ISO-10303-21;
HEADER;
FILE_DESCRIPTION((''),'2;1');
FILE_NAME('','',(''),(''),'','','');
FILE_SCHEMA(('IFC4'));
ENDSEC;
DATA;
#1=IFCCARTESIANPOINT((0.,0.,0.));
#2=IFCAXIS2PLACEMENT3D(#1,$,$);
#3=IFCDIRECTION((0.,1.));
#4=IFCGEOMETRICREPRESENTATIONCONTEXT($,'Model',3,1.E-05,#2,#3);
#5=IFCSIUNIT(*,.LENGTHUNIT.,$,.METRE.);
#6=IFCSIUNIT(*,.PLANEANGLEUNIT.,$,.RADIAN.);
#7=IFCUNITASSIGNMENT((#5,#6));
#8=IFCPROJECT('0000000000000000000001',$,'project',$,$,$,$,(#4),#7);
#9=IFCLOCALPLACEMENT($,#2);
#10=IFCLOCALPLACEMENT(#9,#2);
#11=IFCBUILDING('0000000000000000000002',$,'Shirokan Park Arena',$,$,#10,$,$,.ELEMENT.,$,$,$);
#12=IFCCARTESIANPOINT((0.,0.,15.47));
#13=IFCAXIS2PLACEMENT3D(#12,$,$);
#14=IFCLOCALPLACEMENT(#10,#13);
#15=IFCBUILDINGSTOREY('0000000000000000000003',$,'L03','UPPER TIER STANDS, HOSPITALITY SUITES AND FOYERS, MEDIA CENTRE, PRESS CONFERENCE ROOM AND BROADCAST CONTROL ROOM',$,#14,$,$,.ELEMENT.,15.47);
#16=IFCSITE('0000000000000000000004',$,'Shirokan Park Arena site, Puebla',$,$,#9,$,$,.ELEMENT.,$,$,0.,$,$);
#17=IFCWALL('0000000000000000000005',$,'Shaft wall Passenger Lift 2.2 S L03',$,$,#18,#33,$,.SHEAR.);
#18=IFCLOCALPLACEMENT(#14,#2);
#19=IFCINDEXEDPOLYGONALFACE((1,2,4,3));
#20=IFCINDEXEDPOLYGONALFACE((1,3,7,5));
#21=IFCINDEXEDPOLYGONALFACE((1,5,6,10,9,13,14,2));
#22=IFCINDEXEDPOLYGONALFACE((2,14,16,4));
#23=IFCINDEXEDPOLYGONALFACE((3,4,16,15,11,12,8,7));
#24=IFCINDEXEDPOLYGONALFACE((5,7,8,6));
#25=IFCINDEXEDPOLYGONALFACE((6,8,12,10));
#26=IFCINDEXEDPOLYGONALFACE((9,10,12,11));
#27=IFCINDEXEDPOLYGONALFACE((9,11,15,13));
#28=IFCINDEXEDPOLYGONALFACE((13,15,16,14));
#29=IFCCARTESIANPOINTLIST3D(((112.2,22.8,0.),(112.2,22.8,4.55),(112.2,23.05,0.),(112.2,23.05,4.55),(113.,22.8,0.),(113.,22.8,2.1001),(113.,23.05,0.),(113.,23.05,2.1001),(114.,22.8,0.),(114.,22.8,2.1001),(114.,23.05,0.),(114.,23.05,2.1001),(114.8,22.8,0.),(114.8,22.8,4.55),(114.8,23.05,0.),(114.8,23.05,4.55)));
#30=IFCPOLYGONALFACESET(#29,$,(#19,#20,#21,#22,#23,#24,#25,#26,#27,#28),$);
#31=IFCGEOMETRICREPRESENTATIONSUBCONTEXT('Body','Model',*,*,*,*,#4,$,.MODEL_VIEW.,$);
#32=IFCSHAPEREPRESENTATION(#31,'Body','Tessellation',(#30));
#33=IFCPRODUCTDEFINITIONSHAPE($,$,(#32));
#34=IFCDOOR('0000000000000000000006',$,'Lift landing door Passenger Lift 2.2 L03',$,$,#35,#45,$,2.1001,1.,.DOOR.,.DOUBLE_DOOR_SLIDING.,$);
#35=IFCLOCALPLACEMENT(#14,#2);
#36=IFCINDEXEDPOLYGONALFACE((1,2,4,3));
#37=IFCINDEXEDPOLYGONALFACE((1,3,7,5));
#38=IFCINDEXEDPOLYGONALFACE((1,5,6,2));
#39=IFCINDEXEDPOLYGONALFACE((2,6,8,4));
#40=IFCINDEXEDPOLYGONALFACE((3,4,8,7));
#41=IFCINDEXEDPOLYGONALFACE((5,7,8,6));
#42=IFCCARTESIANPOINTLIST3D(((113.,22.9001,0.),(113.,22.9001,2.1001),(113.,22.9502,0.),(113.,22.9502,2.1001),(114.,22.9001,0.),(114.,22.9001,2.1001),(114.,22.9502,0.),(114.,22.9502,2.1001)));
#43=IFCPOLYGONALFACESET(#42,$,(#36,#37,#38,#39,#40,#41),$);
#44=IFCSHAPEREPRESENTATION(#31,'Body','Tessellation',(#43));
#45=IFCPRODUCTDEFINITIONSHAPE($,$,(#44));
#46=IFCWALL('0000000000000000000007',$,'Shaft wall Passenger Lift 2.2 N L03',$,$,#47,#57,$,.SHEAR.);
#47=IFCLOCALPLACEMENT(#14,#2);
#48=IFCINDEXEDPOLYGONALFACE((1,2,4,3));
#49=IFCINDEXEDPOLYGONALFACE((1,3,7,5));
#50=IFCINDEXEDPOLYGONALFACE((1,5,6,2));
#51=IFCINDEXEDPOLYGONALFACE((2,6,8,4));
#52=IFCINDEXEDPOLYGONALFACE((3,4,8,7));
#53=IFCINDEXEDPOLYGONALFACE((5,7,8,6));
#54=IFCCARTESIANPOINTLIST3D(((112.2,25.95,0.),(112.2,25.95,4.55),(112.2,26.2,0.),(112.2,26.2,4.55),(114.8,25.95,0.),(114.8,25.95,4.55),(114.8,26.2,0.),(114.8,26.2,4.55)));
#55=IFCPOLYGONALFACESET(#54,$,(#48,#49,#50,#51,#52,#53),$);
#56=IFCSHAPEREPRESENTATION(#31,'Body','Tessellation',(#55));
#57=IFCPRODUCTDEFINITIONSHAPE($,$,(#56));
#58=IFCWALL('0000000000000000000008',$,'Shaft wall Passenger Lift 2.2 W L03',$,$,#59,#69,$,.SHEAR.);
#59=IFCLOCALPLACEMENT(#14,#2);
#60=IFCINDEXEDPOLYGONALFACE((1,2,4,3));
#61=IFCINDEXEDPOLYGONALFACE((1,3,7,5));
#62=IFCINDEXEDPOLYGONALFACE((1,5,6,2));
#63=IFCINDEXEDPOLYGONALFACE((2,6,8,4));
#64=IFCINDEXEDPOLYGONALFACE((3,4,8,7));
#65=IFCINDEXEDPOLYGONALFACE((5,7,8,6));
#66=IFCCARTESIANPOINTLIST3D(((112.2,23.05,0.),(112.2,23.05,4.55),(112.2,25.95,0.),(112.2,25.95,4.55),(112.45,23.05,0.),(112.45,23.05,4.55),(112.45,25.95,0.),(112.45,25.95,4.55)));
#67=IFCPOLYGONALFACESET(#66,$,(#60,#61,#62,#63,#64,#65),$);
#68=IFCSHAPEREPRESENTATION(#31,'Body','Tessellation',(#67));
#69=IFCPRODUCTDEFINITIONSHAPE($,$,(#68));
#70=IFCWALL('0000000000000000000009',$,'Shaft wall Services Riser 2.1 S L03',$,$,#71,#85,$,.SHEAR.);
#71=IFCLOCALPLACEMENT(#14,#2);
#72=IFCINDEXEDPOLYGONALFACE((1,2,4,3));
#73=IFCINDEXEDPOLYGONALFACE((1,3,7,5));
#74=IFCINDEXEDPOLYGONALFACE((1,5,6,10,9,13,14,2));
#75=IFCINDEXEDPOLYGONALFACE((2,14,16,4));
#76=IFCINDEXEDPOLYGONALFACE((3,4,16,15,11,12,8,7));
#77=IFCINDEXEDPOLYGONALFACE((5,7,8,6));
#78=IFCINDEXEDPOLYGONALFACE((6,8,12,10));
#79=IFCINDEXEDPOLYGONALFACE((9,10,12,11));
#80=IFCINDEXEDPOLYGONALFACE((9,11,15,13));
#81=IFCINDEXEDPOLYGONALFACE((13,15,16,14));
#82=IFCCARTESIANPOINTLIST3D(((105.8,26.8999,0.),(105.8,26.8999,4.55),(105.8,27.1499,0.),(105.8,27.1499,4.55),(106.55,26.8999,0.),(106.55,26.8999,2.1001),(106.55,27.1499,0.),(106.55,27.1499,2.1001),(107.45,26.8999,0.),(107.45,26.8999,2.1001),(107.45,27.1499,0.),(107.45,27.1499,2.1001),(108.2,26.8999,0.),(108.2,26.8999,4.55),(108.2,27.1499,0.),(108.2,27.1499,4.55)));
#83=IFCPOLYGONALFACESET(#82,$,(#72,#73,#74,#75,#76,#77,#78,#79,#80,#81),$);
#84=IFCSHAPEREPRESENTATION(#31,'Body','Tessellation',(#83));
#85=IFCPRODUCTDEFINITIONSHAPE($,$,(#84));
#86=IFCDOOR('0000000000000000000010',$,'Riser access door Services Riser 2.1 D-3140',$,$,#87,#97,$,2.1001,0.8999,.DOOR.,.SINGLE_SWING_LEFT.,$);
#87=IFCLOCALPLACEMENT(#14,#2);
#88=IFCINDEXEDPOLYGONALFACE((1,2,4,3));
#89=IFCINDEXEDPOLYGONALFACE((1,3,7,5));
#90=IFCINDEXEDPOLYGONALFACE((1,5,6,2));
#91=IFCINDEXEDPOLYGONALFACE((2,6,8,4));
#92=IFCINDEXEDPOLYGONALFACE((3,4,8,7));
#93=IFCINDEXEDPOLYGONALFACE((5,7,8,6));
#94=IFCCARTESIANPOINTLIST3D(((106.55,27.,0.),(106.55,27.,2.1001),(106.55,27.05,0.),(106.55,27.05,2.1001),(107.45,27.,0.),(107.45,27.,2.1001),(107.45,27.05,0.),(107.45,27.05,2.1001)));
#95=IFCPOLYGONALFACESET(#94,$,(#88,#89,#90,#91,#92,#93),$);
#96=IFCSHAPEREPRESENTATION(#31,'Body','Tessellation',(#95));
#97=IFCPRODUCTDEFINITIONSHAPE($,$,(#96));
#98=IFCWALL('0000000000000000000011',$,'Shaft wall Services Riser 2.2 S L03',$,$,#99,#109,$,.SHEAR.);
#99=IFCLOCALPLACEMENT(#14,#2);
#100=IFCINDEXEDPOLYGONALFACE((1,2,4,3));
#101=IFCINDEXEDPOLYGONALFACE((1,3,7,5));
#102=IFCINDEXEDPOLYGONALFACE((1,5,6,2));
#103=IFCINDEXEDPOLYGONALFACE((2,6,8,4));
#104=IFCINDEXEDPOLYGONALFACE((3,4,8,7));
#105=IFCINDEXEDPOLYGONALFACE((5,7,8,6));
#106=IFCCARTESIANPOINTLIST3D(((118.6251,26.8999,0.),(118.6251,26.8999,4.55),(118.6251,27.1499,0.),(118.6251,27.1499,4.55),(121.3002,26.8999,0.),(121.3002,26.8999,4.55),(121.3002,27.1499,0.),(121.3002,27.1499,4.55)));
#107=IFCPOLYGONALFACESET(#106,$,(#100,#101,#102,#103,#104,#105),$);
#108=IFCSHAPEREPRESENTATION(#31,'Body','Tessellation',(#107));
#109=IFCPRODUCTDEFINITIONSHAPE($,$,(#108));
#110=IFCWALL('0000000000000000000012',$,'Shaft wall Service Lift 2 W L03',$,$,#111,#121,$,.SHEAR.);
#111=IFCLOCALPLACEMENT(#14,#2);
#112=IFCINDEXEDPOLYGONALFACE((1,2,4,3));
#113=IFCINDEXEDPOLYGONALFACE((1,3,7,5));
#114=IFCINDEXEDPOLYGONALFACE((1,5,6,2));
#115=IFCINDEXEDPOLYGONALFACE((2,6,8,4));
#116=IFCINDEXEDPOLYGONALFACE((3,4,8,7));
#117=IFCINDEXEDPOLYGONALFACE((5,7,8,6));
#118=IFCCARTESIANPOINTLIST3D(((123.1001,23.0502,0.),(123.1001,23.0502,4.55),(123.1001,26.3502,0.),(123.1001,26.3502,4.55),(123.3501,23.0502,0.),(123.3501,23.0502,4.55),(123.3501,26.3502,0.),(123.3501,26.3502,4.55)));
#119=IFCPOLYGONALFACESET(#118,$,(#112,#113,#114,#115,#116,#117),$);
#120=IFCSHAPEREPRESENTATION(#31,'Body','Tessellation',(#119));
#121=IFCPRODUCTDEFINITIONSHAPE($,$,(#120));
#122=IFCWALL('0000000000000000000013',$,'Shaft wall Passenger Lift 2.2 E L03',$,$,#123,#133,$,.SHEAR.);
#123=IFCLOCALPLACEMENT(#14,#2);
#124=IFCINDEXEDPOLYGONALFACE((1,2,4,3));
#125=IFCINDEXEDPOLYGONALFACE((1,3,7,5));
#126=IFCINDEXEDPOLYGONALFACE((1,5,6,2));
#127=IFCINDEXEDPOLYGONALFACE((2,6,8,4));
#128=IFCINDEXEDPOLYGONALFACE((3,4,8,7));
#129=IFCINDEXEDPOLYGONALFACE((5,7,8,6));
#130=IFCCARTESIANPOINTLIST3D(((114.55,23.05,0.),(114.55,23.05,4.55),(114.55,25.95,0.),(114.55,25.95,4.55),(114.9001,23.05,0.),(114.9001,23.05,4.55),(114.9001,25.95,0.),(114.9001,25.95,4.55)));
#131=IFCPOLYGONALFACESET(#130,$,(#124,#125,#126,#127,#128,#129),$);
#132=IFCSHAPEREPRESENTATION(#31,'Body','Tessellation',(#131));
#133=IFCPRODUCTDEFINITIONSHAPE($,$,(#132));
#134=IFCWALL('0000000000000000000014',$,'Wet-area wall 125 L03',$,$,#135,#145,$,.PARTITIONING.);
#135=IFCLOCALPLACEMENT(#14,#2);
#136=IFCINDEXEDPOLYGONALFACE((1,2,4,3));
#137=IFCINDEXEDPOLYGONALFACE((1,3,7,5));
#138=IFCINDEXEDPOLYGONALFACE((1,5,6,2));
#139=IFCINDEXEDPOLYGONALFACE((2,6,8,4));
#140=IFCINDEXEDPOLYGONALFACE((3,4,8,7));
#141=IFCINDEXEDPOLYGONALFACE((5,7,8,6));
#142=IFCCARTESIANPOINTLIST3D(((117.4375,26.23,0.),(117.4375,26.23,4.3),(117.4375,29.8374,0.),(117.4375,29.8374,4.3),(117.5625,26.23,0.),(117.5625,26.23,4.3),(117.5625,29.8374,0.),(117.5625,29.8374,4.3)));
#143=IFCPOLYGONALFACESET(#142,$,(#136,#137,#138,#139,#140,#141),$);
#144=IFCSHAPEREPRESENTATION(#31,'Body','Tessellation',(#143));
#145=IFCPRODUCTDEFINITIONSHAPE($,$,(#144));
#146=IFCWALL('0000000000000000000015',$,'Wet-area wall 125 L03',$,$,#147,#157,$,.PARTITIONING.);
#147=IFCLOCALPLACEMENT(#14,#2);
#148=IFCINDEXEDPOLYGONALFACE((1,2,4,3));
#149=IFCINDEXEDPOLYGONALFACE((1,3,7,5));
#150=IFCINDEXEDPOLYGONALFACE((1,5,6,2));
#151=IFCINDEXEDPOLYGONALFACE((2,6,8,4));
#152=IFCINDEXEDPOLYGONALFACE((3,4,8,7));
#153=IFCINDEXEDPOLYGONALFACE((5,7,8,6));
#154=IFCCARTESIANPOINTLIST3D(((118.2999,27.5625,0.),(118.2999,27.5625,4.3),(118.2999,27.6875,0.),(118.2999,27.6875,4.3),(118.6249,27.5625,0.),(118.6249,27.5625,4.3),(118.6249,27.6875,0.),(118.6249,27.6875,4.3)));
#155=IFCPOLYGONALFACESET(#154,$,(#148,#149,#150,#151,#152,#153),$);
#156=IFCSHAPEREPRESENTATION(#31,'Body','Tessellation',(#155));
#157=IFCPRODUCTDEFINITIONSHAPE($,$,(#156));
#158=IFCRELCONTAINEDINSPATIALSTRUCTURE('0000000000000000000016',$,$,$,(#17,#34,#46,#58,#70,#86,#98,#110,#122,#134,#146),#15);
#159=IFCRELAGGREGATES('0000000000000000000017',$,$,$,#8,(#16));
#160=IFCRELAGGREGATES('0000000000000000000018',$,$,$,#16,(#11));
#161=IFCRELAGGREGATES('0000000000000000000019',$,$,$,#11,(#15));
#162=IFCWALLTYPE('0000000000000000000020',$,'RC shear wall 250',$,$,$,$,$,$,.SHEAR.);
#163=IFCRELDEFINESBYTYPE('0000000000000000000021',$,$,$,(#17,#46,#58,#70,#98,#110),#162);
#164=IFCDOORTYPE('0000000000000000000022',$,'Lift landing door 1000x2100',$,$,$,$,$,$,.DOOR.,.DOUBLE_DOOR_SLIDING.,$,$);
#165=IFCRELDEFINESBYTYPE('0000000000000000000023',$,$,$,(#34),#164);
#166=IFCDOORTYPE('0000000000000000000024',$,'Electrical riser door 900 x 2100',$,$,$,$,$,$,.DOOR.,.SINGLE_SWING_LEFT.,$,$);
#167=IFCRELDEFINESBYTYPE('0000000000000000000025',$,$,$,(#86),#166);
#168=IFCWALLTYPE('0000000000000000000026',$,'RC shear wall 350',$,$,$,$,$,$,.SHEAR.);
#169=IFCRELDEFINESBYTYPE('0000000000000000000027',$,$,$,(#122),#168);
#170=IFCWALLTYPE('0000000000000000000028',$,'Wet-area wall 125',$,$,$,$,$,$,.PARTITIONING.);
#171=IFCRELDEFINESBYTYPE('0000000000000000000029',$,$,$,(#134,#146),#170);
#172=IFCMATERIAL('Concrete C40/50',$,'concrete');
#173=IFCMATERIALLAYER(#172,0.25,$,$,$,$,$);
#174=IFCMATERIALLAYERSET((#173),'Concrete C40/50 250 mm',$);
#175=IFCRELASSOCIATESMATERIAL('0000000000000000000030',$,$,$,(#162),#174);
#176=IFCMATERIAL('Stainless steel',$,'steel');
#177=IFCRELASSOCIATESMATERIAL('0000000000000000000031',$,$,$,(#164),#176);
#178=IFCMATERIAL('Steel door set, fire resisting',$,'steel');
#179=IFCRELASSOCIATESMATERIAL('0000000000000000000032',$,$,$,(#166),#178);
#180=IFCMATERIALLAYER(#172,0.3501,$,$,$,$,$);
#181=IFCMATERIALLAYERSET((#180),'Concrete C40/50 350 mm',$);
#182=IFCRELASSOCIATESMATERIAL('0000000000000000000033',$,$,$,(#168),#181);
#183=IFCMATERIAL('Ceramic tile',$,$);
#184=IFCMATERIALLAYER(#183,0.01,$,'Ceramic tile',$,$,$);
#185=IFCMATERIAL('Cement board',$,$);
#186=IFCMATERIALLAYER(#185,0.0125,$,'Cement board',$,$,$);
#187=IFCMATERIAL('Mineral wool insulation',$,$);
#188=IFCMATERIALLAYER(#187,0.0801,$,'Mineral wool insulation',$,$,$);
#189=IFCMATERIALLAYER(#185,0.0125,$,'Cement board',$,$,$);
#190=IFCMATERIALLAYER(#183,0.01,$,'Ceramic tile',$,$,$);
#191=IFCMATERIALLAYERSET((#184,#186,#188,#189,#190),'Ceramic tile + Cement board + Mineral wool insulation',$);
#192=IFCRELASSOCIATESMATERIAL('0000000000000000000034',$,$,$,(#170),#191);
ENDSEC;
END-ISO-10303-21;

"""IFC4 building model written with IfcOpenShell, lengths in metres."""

from ifc_helpers import new_model, si_unit, direction, frame, frame_2d, origin, place, context, subcontext, project, spatial, rectangle, extrude, material, layer, layer_set, type_object, element, fill, save


model = new_model("IFC4")

# Units and contexts
model_context = context("Model", 3, precision=1e-05, world=origin(), true_north=direction((0.0, 1.0)))
body_context = subcontext(model_context, "Body", "Model", "MODEL_VIEW")
ifc_project = project(units=[si_unit("LENGTHUNIT", "METRE"), si_unit("PLANEANGLEUNIT", "RADIAN")], contexts=[model_context])

# Site, building, storey
site_placement = place(None, origin())
site = spatial("IfcSite", under=ifc_project, at=site_placement, Name="Shirokan Park Arena site, Puebla", CompositionType="ELEMENT", RefElevation=0.0)
building_placement = place(site_placement, origin())
building = spatial("IfcBuilding", under=site, at=building_placement, Name="Shirokan Park Arena", CompositionType="ELEMENT")
storey_placement = place(building_placement, frame((0.0, 0.0, 15.47)))
storey = spatial("IfcBuildingStorey", under=building, at=storey_placement, Name="L03", Description="UPPER TIER STANDS, HOSPITALITY SUITES AND FOYERS, MEDIA CENTRE, PRESS CONFERENCE ROOM AND BROADCAST CONTROL ROOM", CompositionType="ELEMENT", Elevation=15.47)

# Shared definitions
ifc_material_1 = material(Name="Concrete C40/50", Category="concrete")
ifc_layer_1 = layer(ifc_material_1, 0.25)
ifc_layer_set_1 = layer_set([ifc_layer_1], Name="Concrete C40/50 250 mm")
wall_type_1 = type_object("IfcWallType", Name="RC shear wall 250", PredefinedType="SHEAR", material=ifc_layer_set_1)
ifc_material_2 = material(Name="Stainless steel", Category="steel")
door_type_1 = type_object("IfcDoorType", Name="Lift landing door 1000x2100", OperationType="DOUBLE_DOOR_SLIDING", PredefinedType="DOOR", material=ifc_material_2)

# Wall, opening, door
wall_1_placement = place(storey_placement, frame((114.8, 22.925, 0.0), z_axis=(0.0, 0.0, 1.0), x_axis=(-1.0, 0.0, 0.0)))
wall_1 = element("IfcWall", 1, at=wall_1_placement, inside=storey, type_object=wall_type_1, Name="Shaft wall Passenger Lift 2.2 S L03", PredefinedType="SHEAR", context=body_context, shape_type="SweptSolid", body=[
    extrude(rectangle(XDim=2.6001, YDim=0.25, at=frame_2d((1.3, 0.0))), origin(), (0.0, 0.0, 1.0), 4.55),
])
opening_1_placement = place(wall_1_placement, frame((0.8, 0.0, 0.0)))
opening_1 = element("IfcOpeningElement", 2, at=opening_1_placement, cuts=wall_1, PredefinedType="OPENING", context=body_context, shape_type="SweptSolid", body=[
    extrude(rectangle(XDim=1.0, YDim=2.1001, at=frame_2d((0.5, 1.05))), frame((0.0, 0.135, 0.0), z_axis=(0.0, -1.0, 0.0), x_axis=(1.0, 0.0, 0.0)), (0.0, 0.0, 1.0), 0.27),
])
door_1_placement = place(opening_1_placement, origin())
door_1 = element("IfcDoor", 3, at=door_1_placement, inside=storey, type_object=door_type_1, Name="Lift landing door Passenger Lift 2.2 L03", OperationType="DOUBLE_DOOR_SLIDING", OverallHeight=2.1001, OverallWidth=1.0, PredefinedType="DOOR", context=body_context, shape_type="SweptSolid", body=[
    extrude(rectangle(XDim=1.0, YDim=2.1001, at=frame_2d((0.5, 1.05))), frame((0.0, 0.0249, 0.0), z_axis=(0.0, -1.0, 0.0), x_axis=(1.0, 0.0, 0.0)), (0.0, 0.0, 1.0), 0.05),
])
fill(opening_1, door_1)

# Walls
wall_2_placement = place(storey_placement, frame((114.8, 26.075, 0.0), z_axis=(0.0, 0.0, 1.0), x_axis=(-1.0, 0.0, 0.0)))
element("IfcWall", 4, at=wall_2_placement, inside=storey, type_object=wall_type_1, Name="Shaft wall Passenger Lift 2.2 N L03", PredefinedType="SHEAR", context=body_context, shape_type="SweptSolid", body=[
    extrude(rectangle(XDim=2.6001, YDim=0.25, at=frame_2d((1.3, 0.0))), origin(), (0.0, 0.0, 1.0), 4.55),
])
wall_3_placement = place(storey_placement, frame((112.325, 25.95, 0.0), z_axis=(0.0, 0.0, 1.0), x_axis=(0.0, -1.0, 0.0)))
element("IfcWall", 5, at=wall_3_placement, inside=storey, type_object=wall_type_1, Name="Shaft wall Passenger Lift 2.2 W L03", PredefinedType="SHEAR", context=body_context, shape_type="SweptSolid", body=[
    extrude(rectangle(XDim=2.8999, YDim=0.25, at=frame_2d((1.45, 0.0))), origin(), (0.0, 0.0, 1.0), 4.55),
])

# Wall, opening, door
wall_4_placement = place(storey_placement, frame((108.2, 27.0249, 0.0), z_axis=(0.0, 0.0, 1.0), x_axis=(-1.0, 0.0, 0.0)))
wall_4 = element("IfcWall", 6, at=wall_4_placement, inside=storey, type_object=wall_type_1, Name="Shaft wall Services Riser 2.1 S L03", PredefinedType="SHEAR", context=body_context, shape_type="SweptSolid", body=[
    extrude(rectangle(XDim=2.3999, YDim=0.25, at=frame_2d((1.2, 0.0))), origin(), (0.0, 0.0, 1.0), 4.55),
])
opening_2_placement = place(wall_4_placement, frame((0.75, 0.0, 0.0)))
opening_2 = element("IfcOpeningElement", 7, at=opening_2_placement, cuts=wall_4, PredefinedType="OPENING", context=body_context, shape_type="SweptSolid", body=[
    extrude(rectangle(XDim=0.8999, YDim=2.1001, at=frame_2d((0.45, 1.05))), frame((0.0, 0.135, 0.0), z_axis=(0.0, -1.0, 0.0), x_axis=(1.0, 0.0, 0.0)), (0.0, 0.0, 1.0), 0.27),
])
ifc_material_3 = material(Name="Steel door set, fire resisting", Category="steel")
door_type_2 = type_object("IfcDoorType", Name="Electrical riser door 900 x 2100", OperationType="SINGLE_SWING_LEFT", PredefinedType="DOOR", material=ifc_material_3)
door_2_placement = place(opening_2_placement, origin())
door_2 = element("IfcDoor", 8, at=door_2_placement, inside=storey, type_object=door_type_2, Name="Riser access door Services Riser 2.1 D-3140", OperationType="SINGLE_SWING_LEFT", OverallHeight=2.1001, OverallWidth=0.8999, PredefinedType="DOOR", context=body_context, shape_type="SweptSolid", body=[
    extrude(rectangle(XDim=0.8999, YDim=2.1001, at=frame_2d((0.45, 1.05))), frame((0.0, 0.0249, 0.0), z_axis=(0.0, -1.0, 0.0), x_axis=(1.0, 0.0, 0.0)), (0.0, 0.0, 1.0), 0.05),
])
fill(opening_2, door_2)

# Walls
wall_5_placement = place(storey_placement, frame((121.3, 27.0249, 0.0), z_axis=(0.0, 0.0, 1.0), x_axis=(-1.0, 0.0, 0.0)))
element("IfcWall", 9, at=wall_5_placement, inside=storey, type_object=wall_type_1, Name="Shaft wall Services Riser 2.2 S L03", PredefinedType="SHEAR", context=body_context, shape_type="SweptSolid", body=[
    extrude(rectangle(XDim=2.675, YDim=0.25, at=frame_2d((1.3374, 0.0))), origin(), (0.0, 0.0, 1.0), 4.55),
])
wall_6_placement = place(storey_placement, frame((123.2251, 26.3501, 0.0), z_axis=(0.0, 0.0, 1.0), x_axis=(0.0, -1.0, 0.0)))
element("IfcWall", 10, at=wall_6_placement, inside=storey, type_object=wall_type_1, Name="Shaft wall Service Lift 2 W L03", PredefinedType="SHEAR", context=body_context, shape_type="SweptSolid", body=[
    extrude(rectangle(XDim=3.3, YDim=0.25, at=frame_2d((1.6499, 0.0))), origin(), (0.0, 0.0, 1.0), 4.55),
])
ifc_layer_2 = layer(ifc_material_1, 0.3501)
ifc_layer_set_2 = layer_set([ifc_layer_2], Name="Concrete C40/50 350 mm")
wall_type_2 = type_object("IfcWallType", Name="RC shear wall 350", PredefinedType="SHEAR", material=ifc_layer_set_2)
wall_7_placement = place(storey_placement, frame((114.7251, 25.95, 0.0), z_axis=(0.0, 0.0, 1.0), x_axis=(0.0, -1.0, 0.0)))
element("IfcWall", 11, at=wall_7_placement, inside=storey, type_object=wall_type_2, Name="Shaft wall Passenger Lift 2.2 E L03", PredefinedType="SHEAR", context=body_context, shape_type="SweptSolid", body=[
    extrude(rectangle(XDim=2.8999, YDim=0.3501, at=frame_2d((1.45, 0.0))), origin(), (0.0, 0.0, 1.0), 4.55),
])
ifc_material_4 = material(Name="Ceramic tile")
ifc_layer_3 = layer(ifc_material_4, 0.01, Name="Ceramic tile")
ifc_material_5 = material(Name="Cement board")
ifc_layer_4 = layer(ifc_material_5, 0.0125, Name="Cement board")
ifc_material_6 = material(Name="Mineral wool insulation")
ifc_layer_5 = layer(ifc_material_6, 0.0801, Name="Mineral wool insulation")
ifc_layer_6 = layer(ifc_material_5, 0.0125, Name="Cement board")
ifc_layer_7 = layer(ifc_material_4, 0.01, Name="Ceramic tile")
ifc_layer_set_3 = layer_set([ifc_layer_3, ifc_layer_4, ifc_layer_5, ifc_layer_6, ifc_layer_7], Name="Ceramic tile + Cement board + Mineral wool insulation")
wall_type_3 = type_object("IfcWallType", Name="Wet-area wall 125", PredefinedType="PARTITIONING", material=ifc_layer_set_3)
wall_8_placement = place(storey_placement, frame((117.5, 26.23, 0.0), z_axis=(0.0, 0.0, 1.0), x_axis=(0.0, 1.0, 0.0)))
element("IfcWall", 12, at=wall_8_placement, inside=storey, type_object=wall_type_3, Name="Wet-area wall 125 L03", PredefinedType="PARTITIONING", context=body_context, shape_type="SweptSolid", body=[
    extrude(rectangle(XDim=3.6074, YDim=0.125, at=frame_2d((1.8037, 0.0))), origin(), (0.0, 0.0, 1.0), 4.3),
])
wall_9_placement = place(storey_placement, frame((118.625, 27.625, 0.0), z_axis=(0.0, 0.0, 1.0), x_axis=(-1.0, 0.0, 0.0)))
element("IfcWall", 13, at=wall_9_placement, inside=storey, type_object=wall_type_3, Name="Wet-area wall 125 L03", PredefinedType="PARTITIONING", context=body_context, shape_type="SweptSolid", body=[
    extrude(rectangle(XDim=0.325, YDim=0.125, at=frame_2d((0.1626, 0.0))), origin(), (0.0, 0.0, 1.0), 4.3),
])

save(model, "model.ifc")
